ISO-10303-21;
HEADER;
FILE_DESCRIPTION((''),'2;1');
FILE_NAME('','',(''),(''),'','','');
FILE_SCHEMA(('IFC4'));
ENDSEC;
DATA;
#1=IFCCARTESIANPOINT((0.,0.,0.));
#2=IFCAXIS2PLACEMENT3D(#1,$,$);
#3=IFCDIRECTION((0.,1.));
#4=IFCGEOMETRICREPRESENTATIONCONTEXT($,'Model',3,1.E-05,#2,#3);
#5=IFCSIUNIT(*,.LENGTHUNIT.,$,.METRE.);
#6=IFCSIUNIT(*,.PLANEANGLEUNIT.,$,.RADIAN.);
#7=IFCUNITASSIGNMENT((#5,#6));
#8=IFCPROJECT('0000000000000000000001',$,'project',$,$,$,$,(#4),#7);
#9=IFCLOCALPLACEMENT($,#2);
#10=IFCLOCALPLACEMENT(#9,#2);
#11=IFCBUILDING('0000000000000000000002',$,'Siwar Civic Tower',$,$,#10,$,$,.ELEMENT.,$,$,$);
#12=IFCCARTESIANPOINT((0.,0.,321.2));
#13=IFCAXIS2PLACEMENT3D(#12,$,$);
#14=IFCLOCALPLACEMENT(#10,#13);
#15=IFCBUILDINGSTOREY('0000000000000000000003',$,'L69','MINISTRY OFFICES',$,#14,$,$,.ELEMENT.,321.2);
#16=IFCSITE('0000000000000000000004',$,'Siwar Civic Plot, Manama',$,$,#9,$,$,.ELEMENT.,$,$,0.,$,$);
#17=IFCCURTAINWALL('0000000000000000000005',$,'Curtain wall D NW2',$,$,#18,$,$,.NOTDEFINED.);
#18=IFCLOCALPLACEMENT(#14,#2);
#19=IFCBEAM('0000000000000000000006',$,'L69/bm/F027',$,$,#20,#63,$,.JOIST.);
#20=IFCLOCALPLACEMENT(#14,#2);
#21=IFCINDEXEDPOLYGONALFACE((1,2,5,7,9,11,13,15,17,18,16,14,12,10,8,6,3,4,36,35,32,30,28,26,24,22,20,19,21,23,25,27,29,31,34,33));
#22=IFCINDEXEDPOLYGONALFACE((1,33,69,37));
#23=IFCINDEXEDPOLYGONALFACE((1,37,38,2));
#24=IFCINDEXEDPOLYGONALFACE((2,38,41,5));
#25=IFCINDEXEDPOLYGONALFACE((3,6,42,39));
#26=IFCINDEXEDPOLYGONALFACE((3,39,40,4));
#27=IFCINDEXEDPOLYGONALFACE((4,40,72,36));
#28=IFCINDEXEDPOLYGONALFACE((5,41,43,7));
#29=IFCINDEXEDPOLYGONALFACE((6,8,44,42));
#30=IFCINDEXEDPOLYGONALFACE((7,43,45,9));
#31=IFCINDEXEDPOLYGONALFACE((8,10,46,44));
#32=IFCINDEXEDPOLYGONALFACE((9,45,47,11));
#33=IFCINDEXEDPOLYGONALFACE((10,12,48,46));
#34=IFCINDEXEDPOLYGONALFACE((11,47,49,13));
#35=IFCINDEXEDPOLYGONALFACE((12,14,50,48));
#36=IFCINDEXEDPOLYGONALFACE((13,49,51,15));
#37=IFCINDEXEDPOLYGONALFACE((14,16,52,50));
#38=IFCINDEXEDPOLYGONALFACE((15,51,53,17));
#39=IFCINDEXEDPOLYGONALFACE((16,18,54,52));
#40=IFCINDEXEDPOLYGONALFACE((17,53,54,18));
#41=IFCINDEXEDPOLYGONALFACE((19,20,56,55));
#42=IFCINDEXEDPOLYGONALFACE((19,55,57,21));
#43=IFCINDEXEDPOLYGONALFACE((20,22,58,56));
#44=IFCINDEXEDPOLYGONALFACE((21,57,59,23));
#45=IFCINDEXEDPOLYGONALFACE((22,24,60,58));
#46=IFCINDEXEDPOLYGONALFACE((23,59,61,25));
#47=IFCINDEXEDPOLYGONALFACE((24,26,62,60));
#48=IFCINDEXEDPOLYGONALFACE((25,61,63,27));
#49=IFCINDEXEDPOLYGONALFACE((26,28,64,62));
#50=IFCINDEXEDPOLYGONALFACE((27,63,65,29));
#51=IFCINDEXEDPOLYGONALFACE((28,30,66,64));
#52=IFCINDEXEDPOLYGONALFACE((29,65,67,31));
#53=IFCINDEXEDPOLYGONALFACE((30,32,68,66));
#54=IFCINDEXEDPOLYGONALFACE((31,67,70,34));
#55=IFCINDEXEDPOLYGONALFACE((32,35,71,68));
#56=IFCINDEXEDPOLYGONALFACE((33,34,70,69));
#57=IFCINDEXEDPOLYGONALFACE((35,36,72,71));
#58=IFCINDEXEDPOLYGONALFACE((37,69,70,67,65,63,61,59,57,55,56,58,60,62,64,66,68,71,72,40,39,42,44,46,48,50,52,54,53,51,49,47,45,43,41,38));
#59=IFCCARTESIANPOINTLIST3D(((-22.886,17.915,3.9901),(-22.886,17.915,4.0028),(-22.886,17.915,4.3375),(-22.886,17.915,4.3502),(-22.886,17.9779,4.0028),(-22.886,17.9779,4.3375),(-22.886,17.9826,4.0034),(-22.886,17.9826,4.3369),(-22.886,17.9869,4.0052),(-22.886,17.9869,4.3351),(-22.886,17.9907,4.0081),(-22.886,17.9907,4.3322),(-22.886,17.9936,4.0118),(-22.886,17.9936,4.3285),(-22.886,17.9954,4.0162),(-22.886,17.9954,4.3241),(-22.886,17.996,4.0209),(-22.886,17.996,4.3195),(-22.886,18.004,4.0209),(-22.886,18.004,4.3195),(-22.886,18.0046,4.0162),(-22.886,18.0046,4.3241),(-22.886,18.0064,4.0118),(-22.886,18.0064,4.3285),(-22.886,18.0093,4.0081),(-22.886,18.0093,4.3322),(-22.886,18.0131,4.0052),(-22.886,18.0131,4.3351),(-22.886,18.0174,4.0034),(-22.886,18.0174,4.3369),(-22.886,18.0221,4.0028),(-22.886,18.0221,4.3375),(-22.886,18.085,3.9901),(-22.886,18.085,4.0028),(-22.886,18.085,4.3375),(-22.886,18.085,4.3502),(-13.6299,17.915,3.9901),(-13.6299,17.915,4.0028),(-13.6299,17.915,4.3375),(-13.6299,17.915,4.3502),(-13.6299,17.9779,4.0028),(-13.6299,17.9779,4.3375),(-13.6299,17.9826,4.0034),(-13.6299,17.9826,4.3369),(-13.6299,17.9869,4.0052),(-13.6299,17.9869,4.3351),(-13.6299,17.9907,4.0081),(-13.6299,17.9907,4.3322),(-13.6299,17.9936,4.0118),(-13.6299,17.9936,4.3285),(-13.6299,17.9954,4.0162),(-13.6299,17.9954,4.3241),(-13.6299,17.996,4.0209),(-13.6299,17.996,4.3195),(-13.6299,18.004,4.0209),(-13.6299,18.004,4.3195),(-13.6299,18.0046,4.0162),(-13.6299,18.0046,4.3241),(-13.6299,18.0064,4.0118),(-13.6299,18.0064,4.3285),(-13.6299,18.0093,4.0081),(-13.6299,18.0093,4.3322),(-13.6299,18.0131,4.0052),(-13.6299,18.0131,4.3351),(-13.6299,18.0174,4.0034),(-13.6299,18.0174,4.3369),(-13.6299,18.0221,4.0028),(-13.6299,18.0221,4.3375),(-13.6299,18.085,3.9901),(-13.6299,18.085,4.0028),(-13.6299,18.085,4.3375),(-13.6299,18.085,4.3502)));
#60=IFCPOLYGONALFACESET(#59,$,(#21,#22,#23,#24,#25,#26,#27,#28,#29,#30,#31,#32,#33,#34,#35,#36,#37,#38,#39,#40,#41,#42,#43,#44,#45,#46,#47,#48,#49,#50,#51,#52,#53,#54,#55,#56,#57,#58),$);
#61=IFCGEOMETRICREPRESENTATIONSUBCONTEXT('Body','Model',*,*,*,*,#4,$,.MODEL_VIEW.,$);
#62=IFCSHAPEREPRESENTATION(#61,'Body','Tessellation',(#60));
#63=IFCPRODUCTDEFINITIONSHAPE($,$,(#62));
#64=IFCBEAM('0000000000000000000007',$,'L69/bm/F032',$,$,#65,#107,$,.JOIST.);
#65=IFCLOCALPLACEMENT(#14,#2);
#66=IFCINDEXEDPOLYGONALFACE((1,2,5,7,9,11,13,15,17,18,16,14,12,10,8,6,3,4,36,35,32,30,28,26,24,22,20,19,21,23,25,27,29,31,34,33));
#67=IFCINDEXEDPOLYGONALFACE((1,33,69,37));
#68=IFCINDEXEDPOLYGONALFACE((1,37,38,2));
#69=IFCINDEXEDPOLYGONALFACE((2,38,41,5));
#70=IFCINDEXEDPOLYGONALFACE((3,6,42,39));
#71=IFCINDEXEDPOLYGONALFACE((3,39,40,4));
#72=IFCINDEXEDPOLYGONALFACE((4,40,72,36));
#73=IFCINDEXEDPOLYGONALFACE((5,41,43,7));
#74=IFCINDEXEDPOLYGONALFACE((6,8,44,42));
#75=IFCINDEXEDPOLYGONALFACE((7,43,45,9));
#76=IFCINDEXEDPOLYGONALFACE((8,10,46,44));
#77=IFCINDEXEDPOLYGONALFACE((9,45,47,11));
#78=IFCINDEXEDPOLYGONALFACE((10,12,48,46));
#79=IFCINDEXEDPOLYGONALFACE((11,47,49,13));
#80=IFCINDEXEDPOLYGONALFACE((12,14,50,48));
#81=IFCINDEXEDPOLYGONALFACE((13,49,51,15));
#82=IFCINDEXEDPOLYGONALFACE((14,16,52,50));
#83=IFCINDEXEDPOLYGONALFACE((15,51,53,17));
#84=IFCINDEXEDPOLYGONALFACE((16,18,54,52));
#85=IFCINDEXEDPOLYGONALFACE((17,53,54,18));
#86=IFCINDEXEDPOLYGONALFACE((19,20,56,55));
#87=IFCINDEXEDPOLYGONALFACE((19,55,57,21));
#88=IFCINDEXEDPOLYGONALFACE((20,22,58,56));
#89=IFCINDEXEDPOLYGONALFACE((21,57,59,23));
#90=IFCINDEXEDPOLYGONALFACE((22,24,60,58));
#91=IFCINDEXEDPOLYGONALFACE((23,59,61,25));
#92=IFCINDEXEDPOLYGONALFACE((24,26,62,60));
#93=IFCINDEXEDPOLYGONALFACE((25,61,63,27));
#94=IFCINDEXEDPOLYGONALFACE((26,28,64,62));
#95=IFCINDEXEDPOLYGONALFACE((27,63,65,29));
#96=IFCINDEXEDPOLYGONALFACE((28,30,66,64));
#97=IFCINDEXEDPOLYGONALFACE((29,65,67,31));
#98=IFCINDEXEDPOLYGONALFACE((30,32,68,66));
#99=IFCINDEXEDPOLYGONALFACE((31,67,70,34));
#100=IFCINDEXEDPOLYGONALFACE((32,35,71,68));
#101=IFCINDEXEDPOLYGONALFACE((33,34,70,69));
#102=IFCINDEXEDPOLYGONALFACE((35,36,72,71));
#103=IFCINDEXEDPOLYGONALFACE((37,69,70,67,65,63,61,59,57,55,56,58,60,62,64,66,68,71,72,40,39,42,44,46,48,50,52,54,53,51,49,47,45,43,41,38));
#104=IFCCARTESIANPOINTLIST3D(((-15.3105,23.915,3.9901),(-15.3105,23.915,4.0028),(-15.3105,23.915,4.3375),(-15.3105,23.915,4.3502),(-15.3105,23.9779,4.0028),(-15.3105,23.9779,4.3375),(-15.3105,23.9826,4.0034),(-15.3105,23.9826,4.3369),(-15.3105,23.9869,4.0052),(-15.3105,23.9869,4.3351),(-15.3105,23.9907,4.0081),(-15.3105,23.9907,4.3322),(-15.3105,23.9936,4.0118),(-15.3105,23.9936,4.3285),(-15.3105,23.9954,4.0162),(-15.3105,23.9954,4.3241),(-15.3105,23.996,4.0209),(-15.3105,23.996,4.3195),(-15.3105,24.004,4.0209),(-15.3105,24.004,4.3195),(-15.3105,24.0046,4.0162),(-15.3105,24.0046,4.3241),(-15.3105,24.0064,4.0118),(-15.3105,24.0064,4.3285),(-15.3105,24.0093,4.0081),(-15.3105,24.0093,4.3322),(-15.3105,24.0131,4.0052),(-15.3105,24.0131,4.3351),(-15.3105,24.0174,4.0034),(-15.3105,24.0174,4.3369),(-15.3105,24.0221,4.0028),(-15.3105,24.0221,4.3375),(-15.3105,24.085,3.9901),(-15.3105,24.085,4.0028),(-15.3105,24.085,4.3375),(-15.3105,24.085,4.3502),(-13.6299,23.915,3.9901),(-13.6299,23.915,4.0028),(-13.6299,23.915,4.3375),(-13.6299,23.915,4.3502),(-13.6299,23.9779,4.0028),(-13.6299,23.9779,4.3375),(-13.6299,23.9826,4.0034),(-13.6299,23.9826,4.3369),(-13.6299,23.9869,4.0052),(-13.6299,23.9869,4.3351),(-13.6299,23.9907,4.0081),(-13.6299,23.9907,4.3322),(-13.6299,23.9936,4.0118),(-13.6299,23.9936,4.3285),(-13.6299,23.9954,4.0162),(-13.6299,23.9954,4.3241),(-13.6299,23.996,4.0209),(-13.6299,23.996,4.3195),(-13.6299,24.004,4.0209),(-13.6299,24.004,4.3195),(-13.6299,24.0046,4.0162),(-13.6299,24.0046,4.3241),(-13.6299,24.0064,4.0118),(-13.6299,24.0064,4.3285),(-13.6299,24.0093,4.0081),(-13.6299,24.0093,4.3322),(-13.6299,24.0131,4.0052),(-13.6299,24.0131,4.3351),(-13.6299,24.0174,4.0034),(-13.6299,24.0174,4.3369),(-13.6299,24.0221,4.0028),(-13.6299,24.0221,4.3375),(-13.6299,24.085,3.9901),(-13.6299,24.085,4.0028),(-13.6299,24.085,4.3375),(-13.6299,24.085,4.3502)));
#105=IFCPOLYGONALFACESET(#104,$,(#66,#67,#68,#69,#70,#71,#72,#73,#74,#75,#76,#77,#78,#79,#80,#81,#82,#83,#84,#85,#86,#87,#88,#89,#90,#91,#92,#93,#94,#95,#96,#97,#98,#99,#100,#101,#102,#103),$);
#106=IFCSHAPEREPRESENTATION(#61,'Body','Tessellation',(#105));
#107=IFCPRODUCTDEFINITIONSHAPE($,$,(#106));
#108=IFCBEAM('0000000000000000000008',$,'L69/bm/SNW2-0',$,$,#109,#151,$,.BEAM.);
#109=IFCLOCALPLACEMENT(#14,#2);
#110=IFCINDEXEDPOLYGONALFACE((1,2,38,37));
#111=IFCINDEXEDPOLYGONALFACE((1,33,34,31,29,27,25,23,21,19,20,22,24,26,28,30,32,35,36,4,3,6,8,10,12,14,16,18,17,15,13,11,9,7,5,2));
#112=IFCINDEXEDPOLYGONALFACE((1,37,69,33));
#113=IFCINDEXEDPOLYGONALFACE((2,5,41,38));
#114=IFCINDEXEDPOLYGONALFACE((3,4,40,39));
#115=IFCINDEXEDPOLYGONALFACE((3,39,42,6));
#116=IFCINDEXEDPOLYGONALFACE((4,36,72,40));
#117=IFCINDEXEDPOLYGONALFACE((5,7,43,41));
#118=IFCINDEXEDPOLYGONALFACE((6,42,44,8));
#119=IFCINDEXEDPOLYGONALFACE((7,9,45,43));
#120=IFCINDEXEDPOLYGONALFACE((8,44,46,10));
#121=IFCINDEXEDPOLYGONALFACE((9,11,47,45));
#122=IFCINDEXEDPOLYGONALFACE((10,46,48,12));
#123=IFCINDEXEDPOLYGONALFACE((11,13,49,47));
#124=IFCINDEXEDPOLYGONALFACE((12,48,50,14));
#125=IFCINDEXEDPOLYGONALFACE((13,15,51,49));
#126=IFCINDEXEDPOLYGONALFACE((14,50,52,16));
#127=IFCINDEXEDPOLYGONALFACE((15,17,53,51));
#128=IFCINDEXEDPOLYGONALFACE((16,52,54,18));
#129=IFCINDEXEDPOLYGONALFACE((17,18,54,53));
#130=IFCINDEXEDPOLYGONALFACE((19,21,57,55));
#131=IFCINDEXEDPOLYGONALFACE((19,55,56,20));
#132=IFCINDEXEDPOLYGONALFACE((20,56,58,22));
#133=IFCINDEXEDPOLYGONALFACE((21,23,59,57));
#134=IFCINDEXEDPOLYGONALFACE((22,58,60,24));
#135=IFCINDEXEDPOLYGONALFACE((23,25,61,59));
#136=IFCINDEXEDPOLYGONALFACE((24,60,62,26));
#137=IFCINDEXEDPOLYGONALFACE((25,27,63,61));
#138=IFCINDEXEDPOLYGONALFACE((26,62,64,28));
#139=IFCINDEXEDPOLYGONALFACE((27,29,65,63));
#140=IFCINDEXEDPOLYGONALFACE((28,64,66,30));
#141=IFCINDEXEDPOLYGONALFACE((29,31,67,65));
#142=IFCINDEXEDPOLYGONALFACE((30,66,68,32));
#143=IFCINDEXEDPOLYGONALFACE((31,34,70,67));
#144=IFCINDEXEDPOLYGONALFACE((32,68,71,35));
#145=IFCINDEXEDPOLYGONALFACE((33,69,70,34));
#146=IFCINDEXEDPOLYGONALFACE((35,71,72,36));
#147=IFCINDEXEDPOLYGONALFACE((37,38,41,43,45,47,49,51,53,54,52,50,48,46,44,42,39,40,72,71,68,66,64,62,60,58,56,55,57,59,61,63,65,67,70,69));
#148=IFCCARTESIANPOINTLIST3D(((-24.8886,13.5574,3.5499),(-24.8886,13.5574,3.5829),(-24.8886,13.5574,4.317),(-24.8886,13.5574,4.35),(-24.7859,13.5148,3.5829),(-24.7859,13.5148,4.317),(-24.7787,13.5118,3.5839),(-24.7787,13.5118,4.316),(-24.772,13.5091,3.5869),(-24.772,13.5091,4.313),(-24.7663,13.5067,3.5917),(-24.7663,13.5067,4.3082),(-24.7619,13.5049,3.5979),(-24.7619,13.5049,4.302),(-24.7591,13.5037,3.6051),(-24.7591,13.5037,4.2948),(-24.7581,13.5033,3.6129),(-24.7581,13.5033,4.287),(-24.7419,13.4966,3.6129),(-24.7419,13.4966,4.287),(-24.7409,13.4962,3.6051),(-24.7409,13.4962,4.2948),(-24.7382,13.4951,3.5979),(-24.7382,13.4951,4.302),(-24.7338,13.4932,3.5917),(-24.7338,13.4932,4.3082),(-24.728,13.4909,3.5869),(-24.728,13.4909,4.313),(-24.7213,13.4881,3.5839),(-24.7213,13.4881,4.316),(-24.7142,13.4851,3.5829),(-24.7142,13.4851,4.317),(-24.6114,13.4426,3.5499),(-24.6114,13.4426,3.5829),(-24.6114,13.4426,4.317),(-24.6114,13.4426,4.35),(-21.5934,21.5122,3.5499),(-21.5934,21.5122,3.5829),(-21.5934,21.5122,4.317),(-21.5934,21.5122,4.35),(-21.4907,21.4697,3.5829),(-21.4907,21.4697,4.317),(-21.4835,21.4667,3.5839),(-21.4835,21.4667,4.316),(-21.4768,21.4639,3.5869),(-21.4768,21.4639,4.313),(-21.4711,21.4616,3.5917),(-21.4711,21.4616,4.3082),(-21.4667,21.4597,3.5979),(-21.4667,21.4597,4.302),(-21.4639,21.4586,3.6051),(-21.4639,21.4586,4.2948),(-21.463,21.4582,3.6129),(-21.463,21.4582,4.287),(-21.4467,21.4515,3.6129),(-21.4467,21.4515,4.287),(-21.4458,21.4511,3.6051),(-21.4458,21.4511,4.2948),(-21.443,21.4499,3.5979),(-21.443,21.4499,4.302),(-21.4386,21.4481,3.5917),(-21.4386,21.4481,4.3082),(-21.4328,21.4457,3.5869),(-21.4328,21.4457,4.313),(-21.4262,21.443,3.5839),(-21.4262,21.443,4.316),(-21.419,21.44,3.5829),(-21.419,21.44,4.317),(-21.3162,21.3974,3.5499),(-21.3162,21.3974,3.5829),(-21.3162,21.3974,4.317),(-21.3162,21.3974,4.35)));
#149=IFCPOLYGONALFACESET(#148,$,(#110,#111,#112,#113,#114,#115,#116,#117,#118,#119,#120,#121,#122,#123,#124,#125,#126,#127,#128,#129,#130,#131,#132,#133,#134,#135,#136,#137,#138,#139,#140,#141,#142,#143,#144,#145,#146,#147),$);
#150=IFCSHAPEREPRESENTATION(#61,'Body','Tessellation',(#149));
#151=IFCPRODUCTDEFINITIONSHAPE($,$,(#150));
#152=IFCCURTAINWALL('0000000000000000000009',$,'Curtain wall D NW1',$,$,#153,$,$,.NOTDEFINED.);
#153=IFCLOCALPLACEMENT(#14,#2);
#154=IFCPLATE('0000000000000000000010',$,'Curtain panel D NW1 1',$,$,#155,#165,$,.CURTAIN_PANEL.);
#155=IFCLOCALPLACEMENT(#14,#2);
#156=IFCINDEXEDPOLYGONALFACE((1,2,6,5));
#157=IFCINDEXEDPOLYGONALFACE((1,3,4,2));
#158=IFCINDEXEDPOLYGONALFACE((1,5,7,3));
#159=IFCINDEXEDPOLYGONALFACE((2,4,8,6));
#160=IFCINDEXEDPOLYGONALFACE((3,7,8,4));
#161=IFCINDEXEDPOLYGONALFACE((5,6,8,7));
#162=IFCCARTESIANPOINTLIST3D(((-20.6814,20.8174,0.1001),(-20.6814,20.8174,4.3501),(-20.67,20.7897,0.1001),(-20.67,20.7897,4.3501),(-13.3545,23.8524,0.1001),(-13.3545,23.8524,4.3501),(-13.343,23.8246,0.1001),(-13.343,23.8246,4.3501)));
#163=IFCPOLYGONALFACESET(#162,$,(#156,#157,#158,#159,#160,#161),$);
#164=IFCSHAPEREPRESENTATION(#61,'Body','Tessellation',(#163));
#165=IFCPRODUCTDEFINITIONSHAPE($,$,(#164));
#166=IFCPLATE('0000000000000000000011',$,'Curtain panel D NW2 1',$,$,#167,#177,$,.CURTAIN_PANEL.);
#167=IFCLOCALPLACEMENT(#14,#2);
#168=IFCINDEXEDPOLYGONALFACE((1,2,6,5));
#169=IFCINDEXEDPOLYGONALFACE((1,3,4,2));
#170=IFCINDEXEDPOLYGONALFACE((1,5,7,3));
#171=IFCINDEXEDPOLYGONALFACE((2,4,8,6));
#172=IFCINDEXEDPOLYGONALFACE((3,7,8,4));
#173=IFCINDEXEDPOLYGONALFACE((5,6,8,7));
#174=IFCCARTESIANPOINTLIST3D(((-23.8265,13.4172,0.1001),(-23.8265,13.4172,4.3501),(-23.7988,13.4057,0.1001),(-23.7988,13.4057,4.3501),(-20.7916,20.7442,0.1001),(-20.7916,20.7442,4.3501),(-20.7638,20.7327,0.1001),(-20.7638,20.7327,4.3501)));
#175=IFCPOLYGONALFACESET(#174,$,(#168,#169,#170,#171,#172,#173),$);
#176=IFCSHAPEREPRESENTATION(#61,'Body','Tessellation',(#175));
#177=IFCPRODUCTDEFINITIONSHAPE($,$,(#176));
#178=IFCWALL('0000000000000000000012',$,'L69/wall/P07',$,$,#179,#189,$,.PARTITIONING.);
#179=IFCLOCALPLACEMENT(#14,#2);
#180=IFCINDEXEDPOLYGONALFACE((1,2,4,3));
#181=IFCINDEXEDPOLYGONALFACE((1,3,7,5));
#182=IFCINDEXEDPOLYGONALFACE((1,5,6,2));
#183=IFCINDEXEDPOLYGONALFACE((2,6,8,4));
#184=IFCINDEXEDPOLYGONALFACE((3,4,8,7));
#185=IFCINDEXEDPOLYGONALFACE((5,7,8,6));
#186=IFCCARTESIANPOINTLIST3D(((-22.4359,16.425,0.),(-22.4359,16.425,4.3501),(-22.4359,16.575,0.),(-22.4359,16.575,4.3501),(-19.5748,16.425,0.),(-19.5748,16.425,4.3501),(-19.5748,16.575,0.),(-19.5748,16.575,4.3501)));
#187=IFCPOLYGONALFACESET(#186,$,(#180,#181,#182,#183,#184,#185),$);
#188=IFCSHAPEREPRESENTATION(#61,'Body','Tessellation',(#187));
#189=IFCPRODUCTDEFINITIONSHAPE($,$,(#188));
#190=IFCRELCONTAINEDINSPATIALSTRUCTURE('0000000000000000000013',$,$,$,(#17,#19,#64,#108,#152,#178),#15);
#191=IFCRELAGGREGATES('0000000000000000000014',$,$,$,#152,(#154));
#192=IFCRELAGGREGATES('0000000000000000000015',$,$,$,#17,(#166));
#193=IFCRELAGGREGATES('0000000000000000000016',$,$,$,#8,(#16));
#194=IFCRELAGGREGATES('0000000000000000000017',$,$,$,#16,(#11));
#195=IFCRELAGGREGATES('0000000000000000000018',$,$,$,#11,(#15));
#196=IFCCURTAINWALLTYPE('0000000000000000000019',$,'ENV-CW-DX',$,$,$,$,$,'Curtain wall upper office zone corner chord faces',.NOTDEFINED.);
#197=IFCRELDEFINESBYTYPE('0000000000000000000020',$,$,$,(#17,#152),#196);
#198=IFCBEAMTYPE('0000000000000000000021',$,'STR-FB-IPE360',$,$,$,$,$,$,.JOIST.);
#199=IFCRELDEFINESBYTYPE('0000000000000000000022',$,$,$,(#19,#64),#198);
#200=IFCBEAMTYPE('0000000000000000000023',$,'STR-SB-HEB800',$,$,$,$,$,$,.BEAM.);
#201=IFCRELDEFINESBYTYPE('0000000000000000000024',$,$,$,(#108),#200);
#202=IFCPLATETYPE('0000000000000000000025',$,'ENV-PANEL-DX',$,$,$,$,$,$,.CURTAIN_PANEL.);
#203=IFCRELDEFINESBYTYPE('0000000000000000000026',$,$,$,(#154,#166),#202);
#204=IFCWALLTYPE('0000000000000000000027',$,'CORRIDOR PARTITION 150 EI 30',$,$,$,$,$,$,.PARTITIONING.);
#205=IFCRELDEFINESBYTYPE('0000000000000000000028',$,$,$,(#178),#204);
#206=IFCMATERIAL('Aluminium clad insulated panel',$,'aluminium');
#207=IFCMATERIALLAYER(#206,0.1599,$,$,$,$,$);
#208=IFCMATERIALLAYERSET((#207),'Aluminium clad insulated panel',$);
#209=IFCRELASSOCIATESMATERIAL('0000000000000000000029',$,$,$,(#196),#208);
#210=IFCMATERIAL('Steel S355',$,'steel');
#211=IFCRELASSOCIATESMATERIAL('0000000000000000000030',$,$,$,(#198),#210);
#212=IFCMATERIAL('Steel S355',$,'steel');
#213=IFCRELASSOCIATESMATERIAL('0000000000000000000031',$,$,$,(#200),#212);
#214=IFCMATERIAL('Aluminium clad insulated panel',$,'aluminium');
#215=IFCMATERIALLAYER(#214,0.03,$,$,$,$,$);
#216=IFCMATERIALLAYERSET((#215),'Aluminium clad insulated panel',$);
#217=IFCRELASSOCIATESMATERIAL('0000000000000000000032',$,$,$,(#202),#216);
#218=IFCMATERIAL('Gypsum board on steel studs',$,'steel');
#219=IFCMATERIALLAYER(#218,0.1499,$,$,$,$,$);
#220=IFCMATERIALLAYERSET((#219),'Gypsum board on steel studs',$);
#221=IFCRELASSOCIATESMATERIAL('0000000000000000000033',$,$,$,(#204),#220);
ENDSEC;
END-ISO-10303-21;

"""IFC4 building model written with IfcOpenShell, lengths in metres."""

from ifc_helpers import new_model, si_unit, direction, frame, frame_2d, origin, origin_2d, place, context, subcontext, project, spatial, rectangle, i_section, extrude, material, layer, layer_set, material_profile, profile_set, type_object, element, aggregate, save


model = new_model("IFC4")

# Units and contexts
model_context = context("Model", 3, precision=1e-05, world=origin(), true_north=direction((0.0, 1.0)))
body_context = subcontext(model_context, "Body", "Model", "MODEL_VIEW")
ifc_project = project(units=[si_unit("LENGTHUNIT", "METRE"), si_unit("PLANEANGLEUNIT", "RADIAN")], contexts=[model_context])

# Site, building, storey
site_placement = place(None, origin())
site = spatial("IfcSite", under=ifc_project, at=site_placement, Name="Siwar Civic Plot, Manama", CompositionType="ELEMENT", RefElevation=0.0)
building_placement = place(site_placement, origin())
building = spatial("IfcBuilding", under=site, at=building_placement, Name="Siwar Civic Tower", CompositionType="ELEMENT")
storey_placement = place(building_placement, frame((0.0, 0.0, 321.2)))
storey = spatial("IfcBuildingStorey", under=building, at=storey_placement, Name="L69", Description="MINISTRY OFFICES", CompositionType="ELEMENT", Elevation=321.2)

# Curtain wall
ifc_material_1 = material(Name="Aluminium clad insulated panel", Category="aluminium")
ifc_layer_1 = layer(ifc_material_1, 0.1599)
ifc_layer_set_1 = layer_set([ifc_layer_1], Name="Aluminium clad insulated panel")
curtain_wall_type = type_object("IfcCurtainWallType", Name="ENV-CW-DX", ElementType="Curtain wall upper office zone corner chord faces", PredefinedType="NOTDEFINED", material=ifc_layer_set_1)
curtain_wall_1_placement = place(storey_placement, origin())
curtain_wall_1 = element("IfcCurtainWall", 1, at=curtain_wall_1_placement, inside=storey, type_object=curtain_wall_type, Name="Curtain wall D NW2", PredefinedType="NOTDEFINED")

# Beams
ifc_material_2 = material(Name="Steel S355", Category="steel")
ifc_material_profile_1 = material_profile(ifc_material_2, i_section(OverallWidth=0.1699, OverallDepth=0.3601, WebThickness=0.0081, FlangeThickness=0.0127, FilletRadius=0.0181, at=origin_2d()), Name="IPE360")
ifc_profile_set_1 = profile_set([ifc_material_profile_1], Name="Steel S355")
beam_type_1 = type_object("IfcBeamType", Name="STR-FB-IPE360", PredefinedType="JOIST", material=ifc_profile_set_1)
beam_1_placement = place(storey_placement, frame((-22.886, 18.0, 4.1702), z_axis=(1.0, 0.0, 0.0), x_axis=(0.0, 1.0, 0.0)))
element("IfcBeam", 2, at=beam_1_placement, inside=storey, type_object=beam_type_1, Name="L69/bm/F027", PredefinedType="JOIST", context=body_context, shape_type="SweptSolid", body=[
    extrude(i_section(OverallWidth=0.1699, OverallDepth=0.3601, WebThickness=0.0081, FlangeThickness=0.0127, FilletRadius=0.0181, at=origin_2d()), origin(), (0.0, 0.0, 1.0), 9.2561),
])
beam_2_placement = place(storey_placement, frame((-15.3105, 24.0, 4.1702), z_axis=(1.0, 0.0, 0.0), x_axis=(0.0, 1.0, 0.0)))
element("IfcBeam", 3, at=beam_2_placement, inside=storey, type_object=beam_type_1, Name="L69/bm/F032", PredefinedType="JOIST", context=body_context, shape_type="SweptSolid", body=[
    extrude(i_section(OverallWidth=0.1699, OverallDepth=0.3601, WebThickness=0.0081, FlangeThickness=0.0127, FilletRadius=0.0181, at=origin_2d()), origin(), (0.0, 0.0, 1.0), 1.6807),
])
ifc_material_3 = material(Name="Steel S355", Category="steel")
ifc_material_profile_2 = material_profile(ifc_material_3, i_section(OverallWidth=0.3, OverallDepth=0.8, WebThickness=0.0176, FlangeThickness=0.033, FilletRadius=0.03, at=origin_2d()), Name="HEB800")
ifc_profile_set_2 = profile_set([ifc_material_profile_2], Name="Steel S355")
beam_type_2 = type_object("IfcBeamType", Name="STR-SB-HEB800", PredefinedType="BEAM", material=ifc_profile_set_2)
beam_3_placement = place(storey_placement, frame((-21.4548, 21.4548, 3.95), z_axis=(-0.3827, -0.923873, 0.0), x_axis=(0.923873, -0.3827, 0.0)))
element("IfcBeam", 4, at=beam_3_placement, inside=storey, type_object=beam_type_2, Name="L69/bm/SNW2-0", PredefinedType="BEAM", context=body_context, shape_type="SweptSolid", body=[
    extrude(i_section(OverallWidth=0.3, OverallDepth=0.8, WebThickness=0.0176, FlangeThickness=0.033, FilletRadius=0.03, at=origin_2d()), origin(), (0.0, 0.0, 1.0), 8.6104),
])

# Curtain wall, plate
curtain_wall_2_placement = place(storey_placement, origin())
curtain_wall_2 = element("IfcCurtainWall", 5, at=curtain_wall_2_placement, inside=storey, type_object=curtain_wall_type, Name="Curtain wall D NW1", PredefinedType="NOTDEFINED")
ifc_material_4 = material(Name="Aluminium clad insulated panel", Category="aluminium")
ifc_layer_2 = layer(ifc_material_4, 0.03)
ifc_layer_set_2 = layer_set([ifc_layer_2], Name="Aluminium clad insulated panel")
plate_type = type_object("IfcPlateType", Name="ENV-PANEL-DX", PredefinedType="CURTAIN_PANEL", material=ifc_layer_set_2)
plate_1_placement = place(storey_placement, frame((-17.0122, 22.321, 0.1001), z_axis=(0.0, 0.0, 1.0), x_axis=(-0.92388, -0.382683, 0.0)))
plate_1 = element("IfcPlate", 6, at=plate_1_placement, type_object=plate_type, Name="Curtain panel D NW1 1", PredefinedType="CURTAIN_PANEL", context=body_context, shape_type="SweptSolid", body=[
    extrude(rectangle(XDim=7.9307, YDim=0.03, at=origin_2d()), origin(), (0.0, 0.0, 1.0), 4.25),
])
aggregate(curtain_wall_2, [plate_1])

# Plate
plate_2_placement = place(storey_placement, frame((-22.2952, 17.075, 0.1001), z_axis=(0.0, 0.0, 1.0), x_axis=(-0.382683, -0.92388, 0.0)))
plate_2 = element("IfcPlate", 7, at=plate_2_placement, type_object=plate_type, Name="Curtain panel D NW2 1", PredefinedType="CURTAIN_PANEL", context=body_context, shape_type="SweptSolid", body=[
    extrude(rectangle(XDim=7.9307, YDim=0.03, at=origin_2d()), origin(), (0.0, 0.0, 1.0), 4.25),
])
aggregate(curtain_wall_1, [plate_2])

# Wall
ifc_material_5 = material(Name="Gypsum board on steel studs", Category="steel")
ifc_layer_3 = layer(ifc_material_5, 0.1499)
ifc_layer_set_3 = layer_set([ifc_layer_3], Name="Gypsum board on steel studs")
wall_type_1 = type_object("IfcWallType", Name="CORRIDOR PARTITION 150 EI 30", PredefinedType="PARTITIONING", material=ifc_layer_set_3)
wall_1_placement = place(storey_placement, frame((-22.436, 16.5, 0.0), z_axis=(0.0, 0.0, 1.0), x_axis=(1.0, 0.0, 0.0)))
element("IfcWall", 8, at=wall_1_placement, inside=storey, type_object=wall_type_1, Name="L69/wall/P07", PredefinedType="PARTITIONING", context=body_context, shape_type="SweptSolid", body=[
    extrude(rectangle(XDim=2.8611, YDim=0.1499, at=frame_2d((1.4307, 0.0))), origin(), (0.0, 0.0, 1.0), 4.3501),
])

save(model, "model.ifc")
